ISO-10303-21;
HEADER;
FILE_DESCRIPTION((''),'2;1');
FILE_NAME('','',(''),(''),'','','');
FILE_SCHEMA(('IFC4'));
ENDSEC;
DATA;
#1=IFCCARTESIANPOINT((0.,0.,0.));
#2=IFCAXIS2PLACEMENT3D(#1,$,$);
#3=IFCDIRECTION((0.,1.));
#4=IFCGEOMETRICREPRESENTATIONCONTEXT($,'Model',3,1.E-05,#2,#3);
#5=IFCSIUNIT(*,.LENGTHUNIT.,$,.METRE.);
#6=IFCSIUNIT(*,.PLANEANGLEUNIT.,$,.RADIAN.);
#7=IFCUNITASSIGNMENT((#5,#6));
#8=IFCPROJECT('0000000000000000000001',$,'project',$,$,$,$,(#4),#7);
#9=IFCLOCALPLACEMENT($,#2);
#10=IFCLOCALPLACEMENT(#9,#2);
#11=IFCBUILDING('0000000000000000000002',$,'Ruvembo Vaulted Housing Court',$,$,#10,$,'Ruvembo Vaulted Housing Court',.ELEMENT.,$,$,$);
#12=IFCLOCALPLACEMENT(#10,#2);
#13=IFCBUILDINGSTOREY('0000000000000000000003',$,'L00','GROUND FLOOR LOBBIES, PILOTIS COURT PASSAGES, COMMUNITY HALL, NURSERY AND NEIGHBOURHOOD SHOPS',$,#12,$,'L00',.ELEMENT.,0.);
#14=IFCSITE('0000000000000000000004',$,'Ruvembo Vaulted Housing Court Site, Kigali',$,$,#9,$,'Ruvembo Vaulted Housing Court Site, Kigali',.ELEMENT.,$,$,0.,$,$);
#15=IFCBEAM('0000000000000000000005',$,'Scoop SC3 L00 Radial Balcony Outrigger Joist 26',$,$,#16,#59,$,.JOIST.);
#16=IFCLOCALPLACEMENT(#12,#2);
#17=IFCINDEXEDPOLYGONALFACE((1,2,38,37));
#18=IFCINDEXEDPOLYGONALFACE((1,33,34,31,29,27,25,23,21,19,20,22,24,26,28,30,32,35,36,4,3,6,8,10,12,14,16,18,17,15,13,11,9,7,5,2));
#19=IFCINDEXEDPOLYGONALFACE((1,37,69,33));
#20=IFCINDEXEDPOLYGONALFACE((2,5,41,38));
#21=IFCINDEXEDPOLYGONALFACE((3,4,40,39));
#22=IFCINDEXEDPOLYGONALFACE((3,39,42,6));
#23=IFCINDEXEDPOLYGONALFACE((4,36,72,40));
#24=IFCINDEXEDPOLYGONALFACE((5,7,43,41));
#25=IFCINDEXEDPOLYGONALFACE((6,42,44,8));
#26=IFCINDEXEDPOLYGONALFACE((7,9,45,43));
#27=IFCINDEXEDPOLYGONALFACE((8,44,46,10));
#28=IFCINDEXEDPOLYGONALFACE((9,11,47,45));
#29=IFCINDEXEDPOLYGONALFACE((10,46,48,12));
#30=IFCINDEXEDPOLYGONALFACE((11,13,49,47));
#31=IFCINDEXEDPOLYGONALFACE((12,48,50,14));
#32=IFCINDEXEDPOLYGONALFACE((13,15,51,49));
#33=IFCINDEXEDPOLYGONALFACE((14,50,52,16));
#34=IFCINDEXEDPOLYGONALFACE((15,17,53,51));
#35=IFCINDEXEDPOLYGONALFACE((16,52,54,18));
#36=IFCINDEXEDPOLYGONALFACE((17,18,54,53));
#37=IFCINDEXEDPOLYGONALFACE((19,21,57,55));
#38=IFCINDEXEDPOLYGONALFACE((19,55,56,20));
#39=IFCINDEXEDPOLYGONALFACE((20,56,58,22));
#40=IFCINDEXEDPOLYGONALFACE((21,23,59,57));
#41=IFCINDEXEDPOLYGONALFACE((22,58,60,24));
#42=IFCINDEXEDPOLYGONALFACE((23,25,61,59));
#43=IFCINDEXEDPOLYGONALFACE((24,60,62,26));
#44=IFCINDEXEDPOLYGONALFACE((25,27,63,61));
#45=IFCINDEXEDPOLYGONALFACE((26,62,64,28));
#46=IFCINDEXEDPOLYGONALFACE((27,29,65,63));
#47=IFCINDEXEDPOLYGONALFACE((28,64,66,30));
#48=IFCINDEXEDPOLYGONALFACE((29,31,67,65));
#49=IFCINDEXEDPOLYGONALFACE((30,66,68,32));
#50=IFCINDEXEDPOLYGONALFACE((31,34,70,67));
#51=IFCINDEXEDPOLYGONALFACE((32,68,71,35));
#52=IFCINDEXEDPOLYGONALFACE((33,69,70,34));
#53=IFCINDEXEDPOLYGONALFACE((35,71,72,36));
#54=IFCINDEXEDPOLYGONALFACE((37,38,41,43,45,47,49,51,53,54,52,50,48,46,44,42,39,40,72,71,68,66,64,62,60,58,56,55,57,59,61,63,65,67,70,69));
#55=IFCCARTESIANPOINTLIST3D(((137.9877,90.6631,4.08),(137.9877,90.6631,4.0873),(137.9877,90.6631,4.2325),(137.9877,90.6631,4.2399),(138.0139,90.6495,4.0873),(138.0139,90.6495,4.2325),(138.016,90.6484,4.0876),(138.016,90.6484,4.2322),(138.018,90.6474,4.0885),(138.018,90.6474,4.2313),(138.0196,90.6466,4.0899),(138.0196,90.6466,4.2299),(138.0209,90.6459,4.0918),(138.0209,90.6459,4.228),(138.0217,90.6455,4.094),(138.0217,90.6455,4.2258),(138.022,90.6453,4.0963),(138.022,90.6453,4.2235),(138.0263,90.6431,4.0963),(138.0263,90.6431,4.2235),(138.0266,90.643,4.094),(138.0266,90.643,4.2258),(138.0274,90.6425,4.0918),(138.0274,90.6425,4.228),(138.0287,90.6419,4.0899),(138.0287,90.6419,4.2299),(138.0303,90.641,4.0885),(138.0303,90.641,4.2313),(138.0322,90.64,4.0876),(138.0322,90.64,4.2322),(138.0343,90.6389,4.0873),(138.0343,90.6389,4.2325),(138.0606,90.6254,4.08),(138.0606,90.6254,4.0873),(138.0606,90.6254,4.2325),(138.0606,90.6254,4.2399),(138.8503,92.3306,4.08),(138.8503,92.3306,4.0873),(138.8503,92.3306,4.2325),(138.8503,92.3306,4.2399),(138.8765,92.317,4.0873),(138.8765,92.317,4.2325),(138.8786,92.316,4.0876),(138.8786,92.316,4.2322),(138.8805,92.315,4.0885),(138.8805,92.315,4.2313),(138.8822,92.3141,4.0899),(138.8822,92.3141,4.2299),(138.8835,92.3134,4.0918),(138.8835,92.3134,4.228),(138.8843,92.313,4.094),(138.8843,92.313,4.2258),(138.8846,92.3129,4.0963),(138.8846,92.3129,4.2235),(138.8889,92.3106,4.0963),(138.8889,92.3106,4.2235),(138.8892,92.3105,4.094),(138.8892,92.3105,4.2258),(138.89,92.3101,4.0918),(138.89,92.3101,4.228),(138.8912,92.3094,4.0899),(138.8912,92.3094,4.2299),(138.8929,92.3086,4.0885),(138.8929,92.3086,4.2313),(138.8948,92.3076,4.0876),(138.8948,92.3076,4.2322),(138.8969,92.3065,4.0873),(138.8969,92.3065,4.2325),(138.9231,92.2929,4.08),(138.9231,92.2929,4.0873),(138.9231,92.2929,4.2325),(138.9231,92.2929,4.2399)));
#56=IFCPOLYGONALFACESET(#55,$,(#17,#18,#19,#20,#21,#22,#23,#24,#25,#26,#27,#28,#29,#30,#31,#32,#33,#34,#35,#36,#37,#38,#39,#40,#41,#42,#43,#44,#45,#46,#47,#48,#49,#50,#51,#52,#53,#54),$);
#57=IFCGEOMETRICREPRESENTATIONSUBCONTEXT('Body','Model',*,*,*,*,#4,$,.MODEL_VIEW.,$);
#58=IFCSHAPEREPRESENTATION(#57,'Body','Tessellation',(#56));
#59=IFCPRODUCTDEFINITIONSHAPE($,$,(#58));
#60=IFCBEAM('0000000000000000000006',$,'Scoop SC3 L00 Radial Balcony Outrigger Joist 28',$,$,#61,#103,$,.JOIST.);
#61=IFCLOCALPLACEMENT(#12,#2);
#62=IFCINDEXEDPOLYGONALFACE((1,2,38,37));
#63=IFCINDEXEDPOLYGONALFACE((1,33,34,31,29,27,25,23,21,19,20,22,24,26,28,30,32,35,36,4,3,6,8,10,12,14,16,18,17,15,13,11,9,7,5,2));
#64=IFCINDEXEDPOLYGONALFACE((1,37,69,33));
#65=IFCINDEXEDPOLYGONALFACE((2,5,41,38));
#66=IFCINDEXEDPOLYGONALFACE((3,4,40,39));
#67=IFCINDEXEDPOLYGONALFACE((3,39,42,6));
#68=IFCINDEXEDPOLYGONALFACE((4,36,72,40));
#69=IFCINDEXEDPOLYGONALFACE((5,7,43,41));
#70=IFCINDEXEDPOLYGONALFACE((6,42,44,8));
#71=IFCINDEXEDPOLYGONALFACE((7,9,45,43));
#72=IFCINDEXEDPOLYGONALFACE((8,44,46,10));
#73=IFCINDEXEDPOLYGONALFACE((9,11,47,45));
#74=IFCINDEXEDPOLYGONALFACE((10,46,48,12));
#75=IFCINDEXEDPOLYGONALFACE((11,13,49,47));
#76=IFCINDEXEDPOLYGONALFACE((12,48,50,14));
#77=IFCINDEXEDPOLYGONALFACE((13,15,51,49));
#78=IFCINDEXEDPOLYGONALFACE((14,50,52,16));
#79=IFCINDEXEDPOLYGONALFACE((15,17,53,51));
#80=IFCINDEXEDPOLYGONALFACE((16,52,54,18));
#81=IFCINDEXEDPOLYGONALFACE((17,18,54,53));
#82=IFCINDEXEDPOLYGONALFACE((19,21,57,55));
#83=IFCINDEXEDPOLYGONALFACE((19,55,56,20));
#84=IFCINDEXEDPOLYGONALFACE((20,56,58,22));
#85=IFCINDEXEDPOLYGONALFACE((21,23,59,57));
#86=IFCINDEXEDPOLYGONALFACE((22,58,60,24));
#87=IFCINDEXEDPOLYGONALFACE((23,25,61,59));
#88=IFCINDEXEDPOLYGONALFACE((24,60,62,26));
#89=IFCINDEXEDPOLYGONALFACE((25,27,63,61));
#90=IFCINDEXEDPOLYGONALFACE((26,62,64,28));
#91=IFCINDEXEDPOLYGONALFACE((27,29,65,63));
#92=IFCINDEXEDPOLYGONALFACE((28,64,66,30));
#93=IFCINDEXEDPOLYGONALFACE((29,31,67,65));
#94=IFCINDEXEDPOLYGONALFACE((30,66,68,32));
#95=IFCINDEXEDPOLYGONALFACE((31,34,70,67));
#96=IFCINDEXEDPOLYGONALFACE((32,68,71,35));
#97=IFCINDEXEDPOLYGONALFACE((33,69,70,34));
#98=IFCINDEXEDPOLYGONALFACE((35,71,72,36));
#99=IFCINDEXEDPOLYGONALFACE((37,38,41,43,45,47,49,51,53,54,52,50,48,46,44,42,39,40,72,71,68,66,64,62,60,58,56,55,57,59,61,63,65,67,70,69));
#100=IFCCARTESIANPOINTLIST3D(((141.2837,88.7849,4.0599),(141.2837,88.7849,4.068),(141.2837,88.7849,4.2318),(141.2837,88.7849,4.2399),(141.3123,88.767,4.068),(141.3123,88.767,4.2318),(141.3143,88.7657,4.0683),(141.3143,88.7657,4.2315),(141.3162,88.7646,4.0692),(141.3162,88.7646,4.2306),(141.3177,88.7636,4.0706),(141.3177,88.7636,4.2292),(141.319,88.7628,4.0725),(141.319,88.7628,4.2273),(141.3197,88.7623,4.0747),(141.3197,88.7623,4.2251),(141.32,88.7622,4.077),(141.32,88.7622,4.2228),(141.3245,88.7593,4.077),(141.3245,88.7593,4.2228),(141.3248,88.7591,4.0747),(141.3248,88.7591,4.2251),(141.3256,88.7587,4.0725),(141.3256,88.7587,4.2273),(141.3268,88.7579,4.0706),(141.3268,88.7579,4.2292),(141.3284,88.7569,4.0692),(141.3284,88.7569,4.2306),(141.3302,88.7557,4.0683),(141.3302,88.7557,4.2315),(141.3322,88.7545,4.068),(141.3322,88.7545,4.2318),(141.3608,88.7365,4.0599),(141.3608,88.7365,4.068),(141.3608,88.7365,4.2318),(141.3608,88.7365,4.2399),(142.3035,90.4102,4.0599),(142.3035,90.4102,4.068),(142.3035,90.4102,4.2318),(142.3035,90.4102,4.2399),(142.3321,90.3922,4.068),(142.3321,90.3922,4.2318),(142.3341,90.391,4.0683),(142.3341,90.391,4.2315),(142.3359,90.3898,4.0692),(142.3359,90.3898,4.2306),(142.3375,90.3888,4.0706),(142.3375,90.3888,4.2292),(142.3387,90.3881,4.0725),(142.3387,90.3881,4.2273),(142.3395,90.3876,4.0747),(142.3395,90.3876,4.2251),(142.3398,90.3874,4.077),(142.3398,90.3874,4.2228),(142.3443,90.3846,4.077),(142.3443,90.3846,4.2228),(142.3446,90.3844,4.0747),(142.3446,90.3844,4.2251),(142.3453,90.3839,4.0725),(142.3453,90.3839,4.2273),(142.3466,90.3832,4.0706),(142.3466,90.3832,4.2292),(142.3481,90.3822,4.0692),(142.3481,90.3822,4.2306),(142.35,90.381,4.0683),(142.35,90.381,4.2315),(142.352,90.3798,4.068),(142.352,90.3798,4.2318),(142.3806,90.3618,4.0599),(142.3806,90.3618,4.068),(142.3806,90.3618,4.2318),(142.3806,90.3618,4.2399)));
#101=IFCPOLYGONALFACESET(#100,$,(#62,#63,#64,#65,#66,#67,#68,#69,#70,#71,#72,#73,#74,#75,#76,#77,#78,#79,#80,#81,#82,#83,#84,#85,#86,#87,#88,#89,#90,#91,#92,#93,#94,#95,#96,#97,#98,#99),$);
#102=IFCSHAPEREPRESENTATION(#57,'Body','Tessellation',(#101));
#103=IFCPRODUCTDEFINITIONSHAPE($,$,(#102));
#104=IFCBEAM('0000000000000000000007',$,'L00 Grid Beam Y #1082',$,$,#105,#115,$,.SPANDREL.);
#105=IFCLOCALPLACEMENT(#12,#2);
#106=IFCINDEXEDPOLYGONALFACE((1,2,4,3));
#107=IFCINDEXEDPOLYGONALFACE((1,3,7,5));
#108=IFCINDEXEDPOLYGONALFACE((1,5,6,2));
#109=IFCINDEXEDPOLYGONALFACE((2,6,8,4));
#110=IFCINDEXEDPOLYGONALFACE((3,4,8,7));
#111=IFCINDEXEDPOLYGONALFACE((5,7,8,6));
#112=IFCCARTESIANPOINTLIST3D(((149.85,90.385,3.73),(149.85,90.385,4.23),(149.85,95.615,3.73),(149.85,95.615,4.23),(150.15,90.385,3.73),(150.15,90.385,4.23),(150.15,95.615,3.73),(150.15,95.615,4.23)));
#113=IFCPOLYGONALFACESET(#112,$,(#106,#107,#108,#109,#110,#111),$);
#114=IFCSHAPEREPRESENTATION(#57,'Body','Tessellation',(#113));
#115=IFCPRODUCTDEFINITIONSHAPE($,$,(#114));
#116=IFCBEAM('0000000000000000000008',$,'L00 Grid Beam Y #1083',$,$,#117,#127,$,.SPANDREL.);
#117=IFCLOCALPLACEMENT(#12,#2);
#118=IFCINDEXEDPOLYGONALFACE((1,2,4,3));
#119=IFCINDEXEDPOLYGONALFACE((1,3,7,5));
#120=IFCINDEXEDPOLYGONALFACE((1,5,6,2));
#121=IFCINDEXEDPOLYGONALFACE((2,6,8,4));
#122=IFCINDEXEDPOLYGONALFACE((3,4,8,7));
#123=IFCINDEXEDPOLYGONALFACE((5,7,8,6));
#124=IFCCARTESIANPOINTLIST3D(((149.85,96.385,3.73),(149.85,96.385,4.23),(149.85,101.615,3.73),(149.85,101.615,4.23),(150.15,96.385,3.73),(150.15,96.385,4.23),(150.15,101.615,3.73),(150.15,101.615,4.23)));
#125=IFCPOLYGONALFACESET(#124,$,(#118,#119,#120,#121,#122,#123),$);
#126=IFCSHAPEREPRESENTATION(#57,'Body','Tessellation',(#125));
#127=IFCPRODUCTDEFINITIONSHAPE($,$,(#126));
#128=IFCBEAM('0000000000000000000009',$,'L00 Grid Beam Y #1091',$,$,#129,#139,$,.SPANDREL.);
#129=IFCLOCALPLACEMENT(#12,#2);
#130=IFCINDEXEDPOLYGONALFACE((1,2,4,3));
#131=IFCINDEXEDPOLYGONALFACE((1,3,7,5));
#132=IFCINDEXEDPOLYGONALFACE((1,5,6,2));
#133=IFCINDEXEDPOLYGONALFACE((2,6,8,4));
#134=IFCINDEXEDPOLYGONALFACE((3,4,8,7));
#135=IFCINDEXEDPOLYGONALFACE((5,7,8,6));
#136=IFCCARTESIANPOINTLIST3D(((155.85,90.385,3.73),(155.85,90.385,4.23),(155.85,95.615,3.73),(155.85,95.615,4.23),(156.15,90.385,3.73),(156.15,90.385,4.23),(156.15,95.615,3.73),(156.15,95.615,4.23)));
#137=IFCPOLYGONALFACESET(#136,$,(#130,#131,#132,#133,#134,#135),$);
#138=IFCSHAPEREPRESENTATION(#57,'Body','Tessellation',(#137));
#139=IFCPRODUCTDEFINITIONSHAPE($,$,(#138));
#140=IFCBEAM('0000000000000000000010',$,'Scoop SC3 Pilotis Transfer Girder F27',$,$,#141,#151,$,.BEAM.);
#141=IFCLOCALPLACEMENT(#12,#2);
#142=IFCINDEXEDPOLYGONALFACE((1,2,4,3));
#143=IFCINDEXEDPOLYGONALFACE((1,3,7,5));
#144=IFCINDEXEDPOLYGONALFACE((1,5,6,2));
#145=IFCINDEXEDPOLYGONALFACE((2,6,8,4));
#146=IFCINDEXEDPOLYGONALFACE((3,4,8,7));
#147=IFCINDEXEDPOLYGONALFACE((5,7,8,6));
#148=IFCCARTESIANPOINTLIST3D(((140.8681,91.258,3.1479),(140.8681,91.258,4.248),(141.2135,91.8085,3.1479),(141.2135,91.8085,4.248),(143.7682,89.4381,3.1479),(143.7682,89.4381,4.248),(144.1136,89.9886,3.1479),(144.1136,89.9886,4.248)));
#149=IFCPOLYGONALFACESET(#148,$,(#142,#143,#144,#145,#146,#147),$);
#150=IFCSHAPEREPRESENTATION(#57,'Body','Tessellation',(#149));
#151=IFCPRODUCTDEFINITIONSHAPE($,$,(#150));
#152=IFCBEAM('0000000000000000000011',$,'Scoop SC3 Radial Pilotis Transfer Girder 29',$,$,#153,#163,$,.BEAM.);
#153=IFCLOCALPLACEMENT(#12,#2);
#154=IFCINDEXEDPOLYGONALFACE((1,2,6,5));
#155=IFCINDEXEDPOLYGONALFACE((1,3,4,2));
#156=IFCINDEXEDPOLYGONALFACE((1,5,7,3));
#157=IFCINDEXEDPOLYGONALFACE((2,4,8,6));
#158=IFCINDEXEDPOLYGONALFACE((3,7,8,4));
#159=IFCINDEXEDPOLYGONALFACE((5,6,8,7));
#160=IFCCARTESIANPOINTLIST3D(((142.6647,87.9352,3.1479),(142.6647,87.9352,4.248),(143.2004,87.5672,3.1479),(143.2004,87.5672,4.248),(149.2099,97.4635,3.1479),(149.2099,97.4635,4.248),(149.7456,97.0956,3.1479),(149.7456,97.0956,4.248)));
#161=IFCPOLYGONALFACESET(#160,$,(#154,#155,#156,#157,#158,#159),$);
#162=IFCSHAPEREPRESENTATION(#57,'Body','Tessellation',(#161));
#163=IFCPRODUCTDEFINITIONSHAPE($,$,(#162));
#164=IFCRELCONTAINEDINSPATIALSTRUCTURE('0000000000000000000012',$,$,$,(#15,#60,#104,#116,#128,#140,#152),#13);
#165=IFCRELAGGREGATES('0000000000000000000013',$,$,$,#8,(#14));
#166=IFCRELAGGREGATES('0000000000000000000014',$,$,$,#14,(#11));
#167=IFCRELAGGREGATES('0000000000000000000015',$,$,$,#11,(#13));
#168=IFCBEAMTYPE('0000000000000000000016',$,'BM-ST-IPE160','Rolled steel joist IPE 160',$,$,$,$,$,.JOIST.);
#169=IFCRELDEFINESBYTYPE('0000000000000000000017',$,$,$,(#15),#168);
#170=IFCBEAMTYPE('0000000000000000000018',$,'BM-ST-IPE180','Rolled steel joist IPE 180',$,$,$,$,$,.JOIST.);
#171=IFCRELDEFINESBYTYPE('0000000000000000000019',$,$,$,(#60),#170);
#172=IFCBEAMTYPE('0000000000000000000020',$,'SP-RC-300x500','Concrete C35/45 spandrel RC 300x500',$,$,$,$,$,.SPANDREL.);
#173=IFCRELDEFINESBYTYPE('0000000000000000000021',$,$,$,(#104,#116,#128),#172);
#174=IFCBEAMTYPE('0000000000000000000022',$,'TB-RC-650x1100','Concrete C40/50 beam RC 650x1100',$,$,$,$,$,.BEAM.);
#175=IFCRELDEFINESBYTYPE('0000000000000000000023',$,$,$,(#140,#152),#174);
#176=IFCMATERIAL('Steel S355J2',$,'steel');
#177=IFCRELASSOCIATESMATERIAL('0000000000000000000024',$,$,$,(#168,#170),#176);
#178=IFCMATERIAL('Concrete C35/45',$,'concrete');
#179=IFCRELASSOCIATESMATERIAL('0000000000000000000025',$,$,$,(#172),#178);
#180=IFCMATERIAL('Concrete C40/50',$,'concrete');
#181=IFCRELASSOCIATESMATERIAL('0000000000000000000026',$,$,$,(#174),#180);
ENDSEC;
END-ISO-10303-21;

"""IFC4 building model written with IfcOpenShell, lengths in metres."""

from ifc_helpers import new_model, si_unit, direction, frame, origin, origin_2d, place, context, subcontext, project, spatial, rectangle, i_section, extrude, material, material_profile, profile_set, type_object, element, save


model = new_model("IFC4")

# Units and contexts
model_context = context("Model", 3, precision=1e-05, world=origin(), true_north=direction((0.0, 1.0)))
body_context = subcontext(model_context, "Body", "Model", "MODEL_VIEW")
ifc_project = project(units=[si_unit("LENGTHUNIT", "METRE"), si_unit("PLANEANGLEUNIT", "RADIAN")], contexts=[model_context])

# Site, building, storey
site_placement = place(None, origin())
site = spatial("IfcSite", under=ifc_project, at=site_placement, Name="Ruvembo Vaulted Housing Court Site, Kigali", LongName="Ruvembo Vaulted Housing Court Site, Kigali", CompositionType="ELEMENT", RefElevation=0.0)
building_placement = place(site_placement, origin())
building = spatial("IfcBuilding", under=site, at=building_placement, Name="Ruvembo Vaulted Housing Court", LongName="Ruvembo Vaulted Housing Court", CompositionType="ELEMENT")
storey_placement = place(building_placement, origin())
storey = spatial("IfcBuildingStorey", under=building, at=storey_placement, Name="L00", Description="GROUND FLOOR LOBBIES, PILOTIS COURT PASSAGES, COMMUNITY HALL, NURSERY AND NEIGHBOURHOOD SHOPS", LongName="L00", CompositionType="ELEMENT", Elevation=0.0)

# Shared definitions
ifc_material_1 = material(Name="Concrete C40/50", Category="concrete")

# Beams
ifc_material_2 = material(Name="Concrete C35/45", Category="concrete")
ifc_material_3 = material(Name="Steel S355J2", Category="steel")
ifc_material_profile_1 = material_profile(ifc_material_3, i_section(OverallWidth=0.082, OverallDepth=0.1599, WebThickness=0.0049, FlangeThickness=0.0073, FilletRadius=0.009, at=origin_2d()), Name="IPE 160")
ifc_profile_set_1 = profile_set([ifc_material_profile_1], Name="Steel S355J2")
beam_type_1 = type_object("IfcBeamType", Name="BM-ST-IPE160", Description="Rolled steel joist IPE 160", PredefinedType="JOIST", material=ifc_profile_set_1)
beam_1_placement = place(storey_placement, frame((138.8867, 92.3118, 4.1599), z_axis=(-0.459448, -0.888205, 0.0), x_axis=(0.888205, -0.459448, 0.0)))
element("IfcBeam", 1, at=beam_1_placement, inside=storey, type_object=beam_type_1, Name="Scoop SC3 L00 Radial Balcony Outrigger Joist 26", PredefinedType="JOIST", context=body_context, shape_type="SweptSolid", body=[
    extrude(i_section(OverallWidth=0.082, OverallDepth=0.1599, WebThickness=0.0049, FlangeThickness=0.0073, FilletRadius=0.009, at=origin_2d()), origin(), (0.0, 0.0, 1.0), 1.8774),
])
ifc_material_profile_2 = material_profile(ifc_material_3, i_section(OverallWidth=0.0911, OverallDepth=0.1799, WebThickness=0.0054, FlangeThickness=0.0081, FilletRadius=0.009, at=origin_2d()), Name="IPE 180")
ifc_profile_set_2 = profile_set([ifc_material_profile_2], Name="Steel S355J2")
beam_type_2 = type_object("IfcBeamType", Name="BM-ST-IPE180", Description="Rolled steel joist IPE 180", PredefinedType="JOIST", material=ifc_profile_set_2)
beam_2_placement = place(storey_placement, frame((142.342, 90.386, 4.1499), z_axis=(-0.531496, -0.847061, 0.0), x_axis=(0.847061, -0.531496, 0.0)))
element("IfcBeam", 2, at=beam_2_placement, inside=storey, type_object=beam_type_2, Name="Scoop SC3 L00 Radial Balcony Outrigger Joist 28", PredefinedType="JOIST", context=body_context, shape_type="SweptSolid", body=[
    extrude(i_section(OverallWidth=0.0911, OverallDepth=0.1799, WebThickness=0.0054, FlangeThickness=0.0081, FilletRadius=0.009, at=origin_2d()), origin(), (0.0, 0.0, 1.0), 1.9187),
])
ifc_material_profile_3 = material_profile(ifc_material_2, rectangle(XDim=0.3, YDim=0.5, at=origin_2d()), Name="RC 300x500")
ifc_profile_set_3 = profile_set([ifc_material_profile_3], Name="Concrete C35/45")
beam_type_3 = type_object("IfcBeamType", Name="SP-RC-300x500", Description="Concrete C35/45 spandrel RC 300x500", PredefinedType="SPANDREL", material=ifc_profile_set_3)
for number, where, z_axis, x_axis, name in (
    (3, (150.0, 90.385, 3.98), (0.0, 1.0, 0.0), (-1.0, 0.0, 0.0), "L00 Grid Beam Y #1082"),
    (4, (150.0, 96.385, 3.98), (0.0, 1.0, 0.0), (-1.0, 0.0, 0.0), "L00 Grid Beam Y #1083"),
    (5, (156.0, 90.385, 3.98), (0.0, 1.0, 0.0), (-1.0, 0.0, 0.0), "L00 Grid Beam Y #1091"),
):
    element("IfcBeam", number, at=place(storey_placement, frame(where, z_axis=z_axis, x_axis=x_axis)), inside=storey, type_object=beam_type_3, Name=name, PredefinedType="SPANDREL", context=body_context, shape_type="SweptSolid", body=[
        extrude(rectangle(XDim=0.3, YDim=0.5, at=origin_2d()), origin(), (0.0, 0.0, 1.0), 5.23),
    ])
ifc_material_profile_4 = material_profile(ifc_material_1, rectangle(XDim=0.6499, YDim=1.1001, at=origin_2d()), Name="RC 650x1100")
ifc_profile_set_4 = profile_set([ifc_material_profile_4], Name="Concrete C40/50")
beam_type_4 = type_object("IfcBeamType", Name="TB-RC-650x1100", Description="Concrete C40/50 beam RC 650x1100", PredefinedType="BEAM", material=ifc_profile_set_4)
beam_3_placement = place(storey_placement, frame((141.0408, 91.5332, 3.698), z_axis=(0.847048, -0.531517, 0.0), x_axis=(0.531517, 0.847048, 0.0)))
element("IfcBeam", 6, at=beam_3_placement, inside=storey, type_object=beam_type_4, Name="Scoop SC3 Pilotis Transfer Girder F27", PredefinedType="BEAM", context=body_context, shape_type="SweptSolid", body=[
    extrude(rectangle(XDim=0.6499, YDim=1.1001, at=origin_2d()), origin(), (0.0, 0.0, 1.0), 3.4238),
])
beam_4_placement = place(storey_placement, frame((149.4778, 97.2795, 3.698), z_axis=(-0.566203, -0.824266, 0.0), x_axis=(0.824266, -0.566203, 0.0)))
element("IfcBeam", 7, at=beam_4_placement, inside=storey, type_object=beam_type_4, Name="Scoop SC3 Radial Pilotis Transfer Girder 29", PredefinedType="BEAM", context=body_context, shape_type="SweptSolid", body=[
    extrude(rectangle(XDim=0.6499, YDim=1.1001, at=origin_2d()), origin(), (0.0, 0.0, 1.0), 11.5598),
])

save(model, "model.ifc")
